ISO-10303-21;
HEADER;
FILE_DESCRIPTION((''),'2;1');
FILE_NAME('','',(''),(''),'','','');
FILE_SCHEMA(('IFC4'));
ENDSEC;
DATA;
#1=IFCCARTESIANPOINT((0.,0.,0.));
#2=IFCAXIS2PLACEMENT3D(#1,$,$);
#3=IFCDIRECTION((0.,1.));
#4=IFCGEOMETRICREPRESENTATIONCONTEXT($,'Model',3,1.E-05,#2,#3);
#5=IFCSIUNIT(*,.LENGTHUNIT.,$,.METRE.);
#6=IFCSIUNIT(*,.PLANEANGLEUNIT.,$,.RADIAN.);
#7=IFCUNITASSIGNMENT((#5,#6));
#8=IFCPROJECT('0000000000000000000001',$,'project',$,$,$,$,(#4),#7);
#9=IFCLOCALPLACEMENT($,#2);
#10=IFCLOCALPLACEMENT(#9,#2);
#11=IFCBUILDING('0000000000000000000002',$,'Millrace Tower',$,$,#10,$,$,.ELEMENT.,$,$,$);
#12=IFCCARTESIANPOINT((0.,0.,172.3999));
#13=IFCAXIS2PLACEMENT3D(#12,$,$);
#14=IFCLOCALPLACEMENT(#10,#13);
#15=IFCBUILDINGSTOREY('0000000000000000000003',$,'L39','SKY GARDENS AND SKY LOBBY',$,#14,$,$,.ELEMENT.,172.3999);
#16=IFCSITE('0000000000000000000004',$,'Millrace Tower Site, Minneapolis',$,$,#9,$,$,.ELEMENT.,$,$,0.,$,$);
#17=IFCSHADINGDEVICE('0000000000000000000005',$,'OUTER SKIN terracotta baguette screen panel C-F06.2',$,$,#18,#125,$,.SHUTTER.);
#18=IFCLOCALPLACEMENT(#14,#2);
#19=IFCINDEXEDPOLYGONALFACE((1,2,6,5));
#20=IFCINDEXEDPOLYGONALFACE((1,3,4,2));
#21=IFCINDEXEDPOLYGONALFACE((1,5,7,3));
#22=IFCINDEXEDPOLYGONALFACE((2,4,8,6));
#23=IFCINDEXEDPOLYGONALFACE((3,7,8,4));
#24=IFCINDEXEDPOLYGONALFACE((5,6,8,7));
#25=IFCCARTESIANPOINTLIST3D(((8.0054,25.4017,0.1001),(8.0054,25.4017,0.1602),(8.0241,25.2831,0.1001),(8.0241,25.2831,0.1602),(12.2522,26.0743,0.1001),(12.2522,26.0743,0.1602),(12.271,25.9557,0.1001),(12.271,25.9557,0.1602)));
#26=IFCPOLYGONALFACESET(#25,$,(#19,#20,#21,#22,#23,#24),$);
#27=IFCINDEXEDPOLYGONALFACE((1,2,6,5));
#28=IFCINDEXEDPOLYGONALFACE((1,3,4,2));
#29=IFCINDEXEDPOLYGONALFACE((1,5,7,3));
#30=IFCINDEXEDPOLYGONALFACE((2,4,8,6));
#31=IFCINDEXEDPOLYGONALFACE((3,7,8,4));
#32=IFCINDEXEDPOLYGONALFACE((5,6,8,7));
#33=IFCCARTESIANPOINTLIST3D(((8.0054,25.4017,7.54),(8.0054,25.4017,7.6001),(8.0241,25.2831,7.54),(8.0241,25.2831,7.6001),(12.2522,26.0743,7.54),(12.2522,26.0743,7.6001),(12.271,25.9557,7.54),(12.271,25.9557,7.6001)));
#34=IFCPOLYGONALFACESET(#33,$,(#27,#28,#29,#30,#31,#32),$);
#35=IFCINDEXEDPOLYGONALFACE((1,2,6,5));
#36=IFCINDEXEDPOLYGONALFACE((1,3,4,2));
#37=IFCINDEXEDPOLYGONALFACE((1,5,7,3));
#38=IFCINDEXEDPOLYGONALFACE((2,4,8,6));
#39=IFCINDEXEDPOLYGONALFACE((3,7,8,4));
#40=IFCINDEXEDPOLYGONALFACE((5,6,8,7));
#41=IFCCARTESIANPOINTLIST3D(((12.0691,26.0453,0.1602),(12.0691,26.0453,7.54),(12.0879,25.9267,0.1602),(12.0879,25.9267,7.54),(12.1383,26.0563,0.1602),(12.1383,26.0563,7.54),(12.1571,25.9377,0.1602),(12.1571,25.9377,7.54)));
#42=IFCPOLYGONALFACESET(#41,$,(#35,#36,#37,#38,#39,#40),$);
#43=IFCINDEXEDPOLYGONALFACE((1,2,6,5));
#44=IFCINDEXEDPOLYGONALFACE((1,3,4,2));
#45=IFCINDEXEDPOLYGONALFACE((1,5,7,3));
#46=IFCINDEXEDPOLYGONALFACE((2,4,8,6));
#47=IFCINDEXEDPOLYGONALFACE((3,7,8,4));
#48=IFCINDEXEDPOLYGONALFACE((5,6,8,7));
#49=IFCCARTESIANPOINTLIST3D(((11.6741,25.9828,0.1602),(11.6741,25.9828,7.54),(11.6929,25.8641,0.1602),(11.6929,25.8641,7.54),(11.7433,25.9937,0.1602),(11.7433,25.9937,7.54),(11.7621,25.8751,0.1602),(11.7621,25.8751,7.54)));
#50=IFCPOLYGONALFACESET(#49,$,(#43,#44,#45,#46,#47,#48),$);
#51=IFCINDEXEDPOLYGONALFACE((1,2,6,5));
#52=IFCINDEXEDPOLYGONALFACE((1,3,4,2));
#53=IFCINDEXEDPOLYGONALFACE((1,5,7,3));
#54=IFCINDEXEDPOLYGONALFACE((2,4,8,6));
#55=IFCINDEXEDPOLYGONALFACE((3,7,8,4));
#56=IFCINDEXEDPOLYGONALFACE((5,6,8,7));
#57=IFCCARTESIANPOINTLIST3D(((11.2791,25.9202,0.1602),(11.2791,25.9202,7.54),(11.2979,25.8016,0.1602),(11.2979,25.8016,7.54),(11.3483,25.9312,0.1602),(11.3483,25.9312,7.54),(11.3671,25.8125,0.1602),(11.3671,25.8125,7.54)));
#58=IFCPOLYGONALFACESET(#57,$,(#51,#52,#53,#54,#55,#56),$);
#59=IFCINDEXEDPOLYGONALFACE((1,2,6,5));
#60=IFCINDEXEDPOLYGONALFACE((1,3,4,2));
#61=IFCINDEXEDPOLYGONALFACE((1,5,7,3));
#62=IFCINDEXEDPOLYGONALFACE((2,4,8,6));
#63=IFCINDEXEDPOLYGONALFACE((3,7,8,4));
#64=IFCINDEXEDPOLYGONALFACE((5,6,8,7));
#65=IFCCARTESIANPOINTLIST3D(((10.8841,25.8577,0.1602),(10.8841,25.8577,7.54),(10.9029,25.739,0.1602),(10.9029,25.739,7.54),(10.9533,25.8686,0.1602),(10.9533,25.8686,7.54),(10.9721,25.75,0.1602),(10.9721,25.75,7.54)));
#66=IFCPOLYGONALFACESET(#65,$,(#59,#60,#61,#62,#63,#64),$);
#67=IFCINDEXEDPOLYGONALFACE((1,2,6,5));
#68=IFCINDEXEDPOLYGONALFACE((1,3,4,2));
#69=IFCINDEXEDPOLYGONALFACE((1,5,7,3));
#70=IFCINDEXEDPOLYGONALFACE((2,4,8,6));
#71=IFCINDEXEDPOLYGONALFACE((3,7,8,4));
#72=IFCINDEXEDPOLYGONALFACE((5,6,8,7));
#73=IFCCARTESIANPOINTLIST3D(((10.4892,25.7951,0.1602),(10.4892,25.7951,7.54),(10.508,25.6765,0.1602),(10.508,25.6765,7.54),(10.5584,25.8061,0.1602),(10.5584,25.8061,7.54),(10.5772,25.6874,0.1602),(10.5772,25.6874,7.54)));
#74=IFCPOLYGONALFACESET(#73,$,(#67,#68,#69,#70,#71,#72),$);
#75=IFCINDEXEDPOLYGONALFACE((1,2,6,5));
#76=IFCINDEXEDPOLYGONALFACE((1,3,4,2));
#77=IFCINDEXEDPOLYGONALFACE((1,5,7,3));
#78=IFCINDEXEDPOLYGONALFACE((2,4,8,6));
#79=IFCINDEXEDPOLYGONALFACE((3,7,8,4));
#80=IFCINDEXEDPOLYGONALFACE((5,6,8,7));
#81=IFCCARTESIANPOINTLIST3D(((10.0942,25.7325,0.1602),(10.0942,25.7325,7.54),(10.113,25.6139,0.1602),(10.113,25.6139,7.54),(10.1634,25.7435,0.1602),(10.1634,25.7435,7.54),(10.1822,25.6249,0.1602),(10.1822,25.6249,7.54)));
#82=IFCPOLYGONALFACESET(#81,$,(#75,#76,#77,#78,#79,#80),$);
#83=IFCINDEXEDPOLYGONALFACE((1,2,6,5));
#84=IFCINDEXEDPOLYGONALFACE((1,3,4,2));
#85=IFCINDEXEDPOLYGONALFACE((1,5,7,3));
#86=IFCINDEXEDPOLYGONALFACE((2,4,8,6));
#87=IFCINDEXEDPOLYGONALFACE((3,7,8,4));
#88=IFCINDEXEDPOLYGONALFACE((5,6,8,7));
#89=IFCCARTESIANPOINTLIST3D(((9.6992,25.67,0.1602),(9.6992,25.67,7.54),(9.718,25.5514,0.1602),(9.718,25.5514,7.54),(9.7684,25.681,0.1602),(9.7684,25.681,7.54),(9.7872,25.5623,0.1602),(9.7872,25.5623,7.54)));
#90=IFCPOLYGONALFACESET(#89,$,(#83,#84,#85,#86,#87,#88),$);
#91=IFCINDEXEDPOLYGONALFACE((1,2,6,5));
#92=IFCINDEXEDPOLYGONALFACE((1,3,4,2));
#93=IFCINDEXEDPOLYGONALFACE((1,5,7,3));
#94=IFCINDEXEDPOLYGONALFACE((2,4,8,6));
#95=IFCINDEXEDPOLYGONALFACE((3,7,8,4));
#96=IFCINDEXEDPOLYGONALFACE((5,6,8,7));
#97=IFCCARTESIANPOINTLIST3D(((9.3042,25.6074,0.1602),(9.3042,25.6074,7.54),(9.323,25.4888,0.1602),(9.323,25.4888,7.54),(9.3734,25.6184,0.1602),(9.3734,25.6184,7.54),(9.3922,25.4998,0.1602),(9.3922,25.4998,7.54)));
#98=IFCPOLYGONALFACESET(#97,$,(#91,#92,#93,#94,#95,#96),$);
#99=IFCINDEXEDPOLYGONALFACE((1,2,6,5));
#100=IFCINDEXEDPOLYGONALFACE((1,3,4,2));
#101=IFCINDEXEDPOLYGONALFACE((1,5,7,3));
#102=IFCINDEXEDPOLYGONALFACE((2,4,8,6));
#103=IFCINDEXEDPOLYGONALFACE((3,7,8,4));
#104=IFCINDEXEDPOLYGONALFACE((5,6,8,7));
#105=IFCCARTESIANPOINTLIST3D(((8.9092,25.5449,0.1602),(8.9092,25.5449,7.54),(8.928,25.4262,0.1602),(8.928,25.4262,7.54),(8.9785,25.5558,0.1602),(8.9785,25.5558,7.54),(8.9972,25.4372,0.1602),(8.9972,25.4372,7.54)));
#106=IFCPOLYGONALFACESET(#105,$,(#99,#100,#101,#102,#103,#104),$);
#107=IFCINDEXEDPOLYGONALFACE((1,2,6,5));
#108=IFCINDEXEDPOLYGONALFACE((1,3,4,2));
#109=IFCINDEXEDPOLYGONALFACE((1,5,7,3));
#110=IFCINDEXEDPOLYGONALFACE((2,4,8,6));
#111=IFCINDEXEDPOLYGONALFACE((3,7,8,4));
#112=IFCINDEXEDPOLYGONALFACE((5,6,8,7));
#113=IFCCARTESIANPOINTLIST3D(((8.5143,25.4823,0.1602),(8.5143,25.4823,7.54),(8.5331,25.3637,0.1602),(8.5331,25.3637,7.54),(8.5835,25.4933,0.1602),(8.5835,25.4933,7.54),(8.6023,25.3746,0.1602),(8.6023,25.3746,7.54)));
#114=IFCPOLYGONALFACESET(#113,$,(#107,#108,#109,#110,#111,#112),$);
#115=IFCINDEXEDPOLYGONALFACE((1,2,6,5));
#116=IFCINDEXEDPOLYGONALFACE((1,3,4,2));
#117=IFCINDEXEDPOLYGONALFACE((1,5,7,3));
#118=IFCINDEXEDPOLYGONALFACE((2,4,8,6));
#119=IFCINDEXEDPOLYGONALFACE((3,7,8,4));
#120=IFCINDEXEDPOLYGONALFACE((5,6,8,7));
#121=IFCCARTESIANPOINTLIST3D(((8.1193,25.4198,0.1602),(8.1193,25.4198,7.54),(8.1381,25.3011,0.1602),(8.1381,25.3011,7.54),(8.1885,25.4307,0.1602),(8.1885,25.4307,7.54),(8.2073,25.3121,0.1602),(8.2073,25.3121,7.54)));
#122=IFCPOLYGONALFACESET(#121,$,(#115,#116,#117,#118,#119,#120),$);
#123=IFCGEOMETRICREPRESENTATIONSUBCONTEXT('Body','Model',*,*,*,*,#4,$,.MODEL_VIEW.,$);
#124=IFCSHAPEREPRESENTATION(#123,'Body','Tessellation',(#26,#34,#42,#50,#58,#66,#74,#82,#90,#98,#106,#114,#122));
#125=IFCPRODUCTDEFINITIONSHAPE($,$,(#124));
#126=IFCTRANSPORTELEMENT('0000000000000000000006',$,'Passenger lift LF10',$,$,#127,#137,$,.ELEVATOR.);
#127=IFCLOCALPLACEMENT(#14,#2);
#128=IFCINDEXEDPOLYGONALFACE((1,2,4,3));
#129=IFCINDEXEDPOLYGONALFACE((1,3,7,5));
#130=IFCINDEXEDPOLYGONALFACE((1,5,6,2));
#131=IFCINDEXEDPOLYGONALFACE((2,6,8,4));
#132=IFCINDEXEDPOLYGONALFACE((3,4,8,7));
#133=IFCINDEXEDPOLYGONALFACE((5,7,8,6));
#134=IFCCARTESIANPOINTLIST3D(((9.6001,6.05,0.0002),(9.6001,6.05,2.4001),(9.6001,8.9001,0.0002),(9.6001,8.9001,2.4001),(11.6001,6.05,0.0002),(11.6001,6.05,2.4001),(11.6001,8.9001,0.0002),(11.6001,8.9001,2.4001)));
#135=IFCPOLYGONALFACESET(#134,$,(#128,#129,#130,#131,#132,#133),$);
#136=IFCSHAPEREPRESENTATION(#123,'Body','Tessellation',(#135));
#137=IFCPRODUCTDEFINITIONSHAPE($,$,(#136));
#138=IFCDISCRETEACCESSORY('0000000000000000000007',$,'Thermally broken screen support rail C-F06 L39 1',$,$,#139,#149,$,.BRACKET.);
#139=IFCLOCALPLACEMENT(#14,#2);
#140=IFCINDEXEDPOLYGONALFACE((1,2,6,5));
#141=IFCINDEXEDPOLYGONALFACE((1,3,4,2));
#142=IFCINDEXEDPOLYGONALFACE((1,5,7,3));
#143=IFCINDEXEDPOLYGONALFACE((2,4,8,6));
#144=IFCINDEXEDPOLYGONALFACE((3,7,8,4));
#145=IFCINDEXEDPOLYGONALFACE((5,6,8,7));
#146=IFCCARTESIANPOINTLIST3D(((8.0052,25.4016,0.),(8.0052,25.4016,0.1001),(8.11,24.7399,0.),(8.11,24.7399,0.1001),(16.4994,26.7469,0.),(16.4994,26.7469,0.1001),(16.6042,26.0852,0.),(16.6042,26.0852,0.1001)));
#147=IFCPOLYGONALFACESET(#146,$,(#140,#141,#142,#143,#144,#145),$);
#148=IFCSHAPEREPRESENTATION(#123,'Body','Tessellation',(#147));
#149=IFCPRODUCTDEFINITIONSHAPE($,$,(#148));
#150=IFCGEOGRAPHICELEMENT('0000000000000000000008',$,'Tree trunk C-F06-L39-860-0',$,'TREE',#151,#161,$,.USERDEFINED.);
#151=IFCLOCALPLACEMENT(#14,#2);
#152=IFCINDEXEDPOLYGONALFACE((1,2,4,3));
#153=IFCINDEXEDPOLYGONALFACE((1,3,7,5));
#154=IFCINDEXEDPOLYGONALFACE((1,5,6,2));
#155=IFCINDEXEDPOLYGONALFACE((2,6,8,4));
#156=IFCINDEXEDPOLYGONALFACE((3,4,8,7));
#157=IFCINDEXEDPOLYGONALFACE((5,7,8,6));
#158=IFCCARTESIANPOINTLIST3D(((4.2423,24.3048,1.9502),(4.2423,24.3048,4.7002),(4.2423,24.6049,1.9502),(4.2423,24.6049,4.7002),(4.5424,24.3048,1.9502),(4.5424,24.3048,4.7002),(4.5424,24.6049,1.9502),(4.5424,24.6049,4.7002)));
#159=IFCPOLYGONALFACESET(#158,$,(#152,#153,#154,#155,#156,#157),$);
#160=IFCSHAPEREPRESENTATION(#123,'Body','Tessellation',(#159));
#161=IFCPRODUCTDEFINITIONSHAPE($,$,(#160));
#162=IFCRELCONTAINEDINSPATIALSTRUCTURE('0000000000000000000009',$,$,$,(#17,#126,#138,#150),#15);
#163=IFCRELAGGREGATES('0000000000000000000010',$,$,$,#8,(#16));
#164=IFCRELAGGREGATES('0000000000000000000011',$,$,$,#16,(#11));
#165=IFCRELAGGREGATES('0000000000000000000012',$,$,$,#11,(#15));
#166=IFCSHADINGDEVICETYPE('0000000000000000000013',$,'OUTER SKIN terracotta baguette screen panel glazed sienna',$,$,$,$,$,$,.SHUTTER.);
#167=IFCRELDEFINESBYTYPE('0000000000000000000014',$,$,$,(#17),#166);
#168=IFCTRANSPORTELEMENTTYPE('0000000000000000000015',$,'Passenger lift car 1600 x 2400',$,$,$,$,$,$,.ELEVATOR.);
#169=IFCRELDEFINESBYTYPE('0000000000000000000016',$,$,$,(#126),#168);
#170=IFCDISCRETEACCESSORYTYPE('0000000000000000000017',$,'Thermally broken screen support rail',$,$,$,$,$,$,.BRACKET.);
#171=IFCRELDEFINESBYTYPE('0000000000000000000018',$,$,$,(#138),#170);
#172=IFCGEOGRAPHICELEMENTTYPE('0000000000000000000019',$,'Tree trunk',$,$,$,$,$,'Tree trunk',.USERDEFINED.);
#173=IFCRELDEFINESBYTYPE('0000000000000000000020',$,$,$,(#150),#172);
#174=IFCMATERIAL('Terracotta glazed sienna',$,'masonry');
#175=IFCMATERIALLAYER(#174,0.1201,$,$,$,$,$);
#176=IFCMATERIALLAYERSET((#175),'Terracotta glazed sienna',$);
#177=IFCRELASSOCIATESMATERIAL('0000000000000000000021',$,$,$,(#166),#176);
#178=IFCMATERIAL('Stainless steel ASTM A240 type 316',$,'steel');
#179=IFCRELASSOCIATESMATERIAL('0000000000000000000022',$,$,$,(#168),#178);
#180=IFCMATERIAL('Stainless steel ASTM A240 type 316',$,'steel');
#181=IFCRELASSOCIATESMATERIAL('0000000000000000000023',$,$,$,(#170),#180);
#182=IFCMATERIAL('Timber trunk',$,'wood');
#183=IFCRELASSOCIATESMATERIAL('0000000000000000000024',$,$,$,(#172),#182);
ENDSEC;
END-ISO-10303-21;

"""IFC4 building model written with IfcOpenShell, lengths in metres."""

from ifc_helpers import new_model, entity, si_unit, direction, frame, frame_2d, origin, origin_2d, place, context, subcontext, project, spatial, rectangle, extrude, source, transform, mapped, material, layer, layer_set, type_object, element, save


model = new_model("IFC4")

# Units and contexts
model_context = context("Model", 3, precision=1e-05, world=origin(), true_north=direction((0.0, 1.0)))
body_context = subcontext(model_context, "Body", "Model", "MODEL_VIEW")
ifc_project = project(units=[si_unit("LENGTHUNIT", "METRE"), si_unit("PLANEANGLEUNIT", "RADIAN")], contexts=[model_context])

# Site, building, storey
site_placement = place(None, origin())
site = spatial("IfcSite", under=ifc_project, at=site_placement, Name="Millrace Tower Site, Minneapolis", CompositionType="ELEMENT", RefElevation=0.0)
building_placement = place(site_placement, origin())
building = spatial("IfcBuilding", under=site, at=building_placement, Name="Millrace Tower", CompositionType="ELEMENT")
storey_placement = place(building_placement, frame((0.0, 0.0, 172.3999)))
storey = spatial("IfcBuildingStorey", under=building, at=storey_placement, Name="L39", Description="SKY GARDENS AND SKY LOBBY", CompositionType="ELEMENT", Elevation=172.3999)

# Shading device
ifc_material_1 = material(Name="Terracotta glazed sienna", Category="masonry")
ifc_layer_1 = layer(ifc_material_1, 0.1201)
ifc_layer_set_1 = layer_set([ifc_layer_1], Name="Terracotta glazed sienna")
shading_device_type = type_object("IfcShadingDeviceType", Name="OUTER SKIN terracotta baguette screen panel glazed sienna", PredefinedType="SHUTTER", material=ifc_layer_set_1)
cartesian_point_1 = entity("IfcCartesianPoint", [-2.1499, 0.0601])
shared_polyline_1 = entity("IfcPolyline", [cartesian_point_1, entity("IfcCartesianPoint", [2.1499, 0.0601]), entity("IfcCartesianPoint", [2.1499, -0.0601]), entity("IfcCartesianPoint", [-2.1499, -0.0601]), cartesian_point_1])
shared_shape_1 = source(origin(), body_context, "Body", "SweptSolid", [
    entity("IfcExtrudedAreaSolid", entity("IfcArbitraryClosedProfileDef", "AREA", None, shared_polyline_1), entity("IfcAxis2Placement3D", entity("IfcCartesianPoint", [0.0, 0.0, 0.0])), entity("IfcDirection", [0.0, 0.0, 1.0]), 0.0601),
    entity("IfcExtrudedAreaSolid", entity("IfcArbitraryClosedProfileDef", "AREA", None, shared_polyline_1), entity("IfcAxis2Placement3D", entity("IfcCartesianPoint", [0.0, 0.0, 7.4399])), entity("IfcDirection", [0.0, 0.0, 1.0]), 0.0601),
    extrude(rectangle(XDim=0.0701, YDim=0.1201, at=frame_2d((-1.9995, 0.0))), frame((0.0, 0.0, 0.0601)), (0.0, 0.0, 1.0), 7.3799),
    extrude(rectangle(XDim=0.0701, YDim=0.1201, at=frame_2d((-1.5996, 0.0))), frame((0.0, 0.0, 0.0601)), (0.0, 0.0, 1.0), 7.3799),
    extrude(rectangle(XDim=0.0701, YDim=0.1201, at=frame_2d((-1.1997, 0.0))), frame((0.0, 0.0, 0.0601)), (0.0, 0.0, 1.0), 7.3799),
    extrude(rectangle(XDim=0.0701, YDim=0.1201, at=frame_2d((-0.7998, 0.0))), frame((0.0, 0.0, 0.0601)), (0.0, 0.0, 1.0), 7.3799),
    extrude(rectangle(XDim=0.0701, YDim=0.1201, at=frame_2d((-0.3999, 0.0))), frame((0.0, 0.0, 0.0601)), (0.0, 0.0, 1.0), 7.3799),
    extrude(rectangle(XDim=0.0701, YDim=0.1201, at=origin_2d()), frame((0.0, 0.0, 0.0601)), (0.0, 0.0, 1.0), 7.3799),
    extrude(rectangle(XDim=0.0701, YDim=0.1201, at=frame_2d((0.3999, 0.0))), frame((0.0, 0.0, 0.0601)), (0.0, 0.0, 1.0), 7.3799),
    extrude(rectangle(XDim=0.0701, YDim=0.1201, at=frame_2d((0.7998, 0.0))), frame((0.0, 0.0, 0.0601)), (0.0, 0.0, 1.0), 7.3799),
    extrude(rectangle(XDim=0.0701, YDim=0.1201, at=frame_2d((1.1997, 0.0))), frame((0.0, 0.0, 0.0601)), (0.0, 0.0, 1.0), 7.3799),
    extrude(rectangle(XDim=0.0701, YDim=0.1201, at=frame_2d((1.5996, 0.0))), frame((0.0, 0.0, 0.0601)), (0.0, 0.0, 1.0), 7.3799),
    extrude(rectangle(XDim=0.0701, YDim=0.1201, at=frame_2d((1.9995, 0.0))), frame((0.0, 0.0, 0.0601)), (0.0, 0.0, 1.0), 7.3799),
])
shading_device_1_placement = place(storey_placement, frame((10.1382, 25.6787, 0.1001), z_axis=(0.0, 0.0, 1.0), x_axis=(-0.987688, -0.156434, 0.0)))
element("IfcShadingDevice", 1, at=shading_device_1_placement, inside=storey, type_object=shading_device_type, Name="OUTER SKIN terracotta baguette screen panel C-F06.2", PredefinedType="SHUTTER", context=body_context, shape_type="MappedRepresentation", body=[
    mapped(shared_shape_1, transform((0.0, 0.0, 0.0), scale=1.0)),
])

# Transport element
ifc_material_2 = material(Name="Stainless steel ASTM A240 type 316", Category="steel")
transport_element_type = type_object("IfcTransportElementType", Name="Passenger lift car 1600 x 2400", PredefinedType="ELEVATOR", material=ifc_material_2)
transport_element_placement = place(storey_placement, frame((10.6001, 7.4751, 0.0002), z_axis=(0.0, 0.0, 1.0), x_axis=(1.0, 0.0, 0.0)))
element("IfcTransportElement", 2, at=transport_element_placement, inside=storey, type_object=transport_element_type, Name="Passenger lift LF10", PredefinedType="ELEVATOR", context=body_context, shape_type="SweptSolid", body=[
    extrude(rectangle(XDim=2.0, YDim=2.8501, at=origin_2d()), origin(), (0.0, 0.0, 1.0), 2.3999),
])

# Discrete accessory
ifc_material_3 = material(Name="Stainless steel ASTM A240 type 316", Category="steel")
discrete_accessory_type = type_object("IfcDiscreteAccessoryType", Name="Thermally broken screen support rail", PredefinedType="BRACKET", material=ifc_material_3)
discrete_accessory_placement = place(storey_placement, frame((12.3047, 25.7434, 0.0), z_axis=(0.0, 0.0, 1.0), x_axis=(-0.987688, -0.156434, 0.0)))
element("IfcDiscreteAccessory", 3, at=discrete_accessory_placement, inside=storey, type_object=discrete_accessory_type, Name="Thermally broken screen support rail C-F06 L39 1", PredefinedType="BRACKET", context=body_context, shape_type="SweptSolid", body=[
    extrude(rectangle(XDim=8.6001, YDim=0.6699, at=origin_2d()), origin(), (0.0, 0.0, 1.0), 0.1001),
])

# Geographic element
ifc_material_4 = material(Name="Timber trunk", Category="wood")
geographic_element_type = type_object("IfcGeographicElementType", Name="Tree trunk", ElementType="Tree trunk", PredefinedType="USERDEFINED", material=ifc_material_4)
geographic_element_placement = place(storey_placement, frame((4.3923, 24.4548, 1.9502), z_axis=(0.0, 0.0, 1.0), x_axis=(1.0, 0.0, 0.0)))
element("IfcGeographicElement", 4, at=geographic_element_placement, inside=storey, type_object=geographic_element_type, Name="Tree trunk C-F06-L39-860-0", ObjectType="TREE", PredefinedType="USERDEFINED", context=body_context, shape_type="SweptSolid", body=[
    extrude(rectangle(XDim=0.3, YDim=0.3, at=origin_2d()), origin(), (0.0, 0.0, 1.0), 2.75),
])

save(model, "model.ifc")
